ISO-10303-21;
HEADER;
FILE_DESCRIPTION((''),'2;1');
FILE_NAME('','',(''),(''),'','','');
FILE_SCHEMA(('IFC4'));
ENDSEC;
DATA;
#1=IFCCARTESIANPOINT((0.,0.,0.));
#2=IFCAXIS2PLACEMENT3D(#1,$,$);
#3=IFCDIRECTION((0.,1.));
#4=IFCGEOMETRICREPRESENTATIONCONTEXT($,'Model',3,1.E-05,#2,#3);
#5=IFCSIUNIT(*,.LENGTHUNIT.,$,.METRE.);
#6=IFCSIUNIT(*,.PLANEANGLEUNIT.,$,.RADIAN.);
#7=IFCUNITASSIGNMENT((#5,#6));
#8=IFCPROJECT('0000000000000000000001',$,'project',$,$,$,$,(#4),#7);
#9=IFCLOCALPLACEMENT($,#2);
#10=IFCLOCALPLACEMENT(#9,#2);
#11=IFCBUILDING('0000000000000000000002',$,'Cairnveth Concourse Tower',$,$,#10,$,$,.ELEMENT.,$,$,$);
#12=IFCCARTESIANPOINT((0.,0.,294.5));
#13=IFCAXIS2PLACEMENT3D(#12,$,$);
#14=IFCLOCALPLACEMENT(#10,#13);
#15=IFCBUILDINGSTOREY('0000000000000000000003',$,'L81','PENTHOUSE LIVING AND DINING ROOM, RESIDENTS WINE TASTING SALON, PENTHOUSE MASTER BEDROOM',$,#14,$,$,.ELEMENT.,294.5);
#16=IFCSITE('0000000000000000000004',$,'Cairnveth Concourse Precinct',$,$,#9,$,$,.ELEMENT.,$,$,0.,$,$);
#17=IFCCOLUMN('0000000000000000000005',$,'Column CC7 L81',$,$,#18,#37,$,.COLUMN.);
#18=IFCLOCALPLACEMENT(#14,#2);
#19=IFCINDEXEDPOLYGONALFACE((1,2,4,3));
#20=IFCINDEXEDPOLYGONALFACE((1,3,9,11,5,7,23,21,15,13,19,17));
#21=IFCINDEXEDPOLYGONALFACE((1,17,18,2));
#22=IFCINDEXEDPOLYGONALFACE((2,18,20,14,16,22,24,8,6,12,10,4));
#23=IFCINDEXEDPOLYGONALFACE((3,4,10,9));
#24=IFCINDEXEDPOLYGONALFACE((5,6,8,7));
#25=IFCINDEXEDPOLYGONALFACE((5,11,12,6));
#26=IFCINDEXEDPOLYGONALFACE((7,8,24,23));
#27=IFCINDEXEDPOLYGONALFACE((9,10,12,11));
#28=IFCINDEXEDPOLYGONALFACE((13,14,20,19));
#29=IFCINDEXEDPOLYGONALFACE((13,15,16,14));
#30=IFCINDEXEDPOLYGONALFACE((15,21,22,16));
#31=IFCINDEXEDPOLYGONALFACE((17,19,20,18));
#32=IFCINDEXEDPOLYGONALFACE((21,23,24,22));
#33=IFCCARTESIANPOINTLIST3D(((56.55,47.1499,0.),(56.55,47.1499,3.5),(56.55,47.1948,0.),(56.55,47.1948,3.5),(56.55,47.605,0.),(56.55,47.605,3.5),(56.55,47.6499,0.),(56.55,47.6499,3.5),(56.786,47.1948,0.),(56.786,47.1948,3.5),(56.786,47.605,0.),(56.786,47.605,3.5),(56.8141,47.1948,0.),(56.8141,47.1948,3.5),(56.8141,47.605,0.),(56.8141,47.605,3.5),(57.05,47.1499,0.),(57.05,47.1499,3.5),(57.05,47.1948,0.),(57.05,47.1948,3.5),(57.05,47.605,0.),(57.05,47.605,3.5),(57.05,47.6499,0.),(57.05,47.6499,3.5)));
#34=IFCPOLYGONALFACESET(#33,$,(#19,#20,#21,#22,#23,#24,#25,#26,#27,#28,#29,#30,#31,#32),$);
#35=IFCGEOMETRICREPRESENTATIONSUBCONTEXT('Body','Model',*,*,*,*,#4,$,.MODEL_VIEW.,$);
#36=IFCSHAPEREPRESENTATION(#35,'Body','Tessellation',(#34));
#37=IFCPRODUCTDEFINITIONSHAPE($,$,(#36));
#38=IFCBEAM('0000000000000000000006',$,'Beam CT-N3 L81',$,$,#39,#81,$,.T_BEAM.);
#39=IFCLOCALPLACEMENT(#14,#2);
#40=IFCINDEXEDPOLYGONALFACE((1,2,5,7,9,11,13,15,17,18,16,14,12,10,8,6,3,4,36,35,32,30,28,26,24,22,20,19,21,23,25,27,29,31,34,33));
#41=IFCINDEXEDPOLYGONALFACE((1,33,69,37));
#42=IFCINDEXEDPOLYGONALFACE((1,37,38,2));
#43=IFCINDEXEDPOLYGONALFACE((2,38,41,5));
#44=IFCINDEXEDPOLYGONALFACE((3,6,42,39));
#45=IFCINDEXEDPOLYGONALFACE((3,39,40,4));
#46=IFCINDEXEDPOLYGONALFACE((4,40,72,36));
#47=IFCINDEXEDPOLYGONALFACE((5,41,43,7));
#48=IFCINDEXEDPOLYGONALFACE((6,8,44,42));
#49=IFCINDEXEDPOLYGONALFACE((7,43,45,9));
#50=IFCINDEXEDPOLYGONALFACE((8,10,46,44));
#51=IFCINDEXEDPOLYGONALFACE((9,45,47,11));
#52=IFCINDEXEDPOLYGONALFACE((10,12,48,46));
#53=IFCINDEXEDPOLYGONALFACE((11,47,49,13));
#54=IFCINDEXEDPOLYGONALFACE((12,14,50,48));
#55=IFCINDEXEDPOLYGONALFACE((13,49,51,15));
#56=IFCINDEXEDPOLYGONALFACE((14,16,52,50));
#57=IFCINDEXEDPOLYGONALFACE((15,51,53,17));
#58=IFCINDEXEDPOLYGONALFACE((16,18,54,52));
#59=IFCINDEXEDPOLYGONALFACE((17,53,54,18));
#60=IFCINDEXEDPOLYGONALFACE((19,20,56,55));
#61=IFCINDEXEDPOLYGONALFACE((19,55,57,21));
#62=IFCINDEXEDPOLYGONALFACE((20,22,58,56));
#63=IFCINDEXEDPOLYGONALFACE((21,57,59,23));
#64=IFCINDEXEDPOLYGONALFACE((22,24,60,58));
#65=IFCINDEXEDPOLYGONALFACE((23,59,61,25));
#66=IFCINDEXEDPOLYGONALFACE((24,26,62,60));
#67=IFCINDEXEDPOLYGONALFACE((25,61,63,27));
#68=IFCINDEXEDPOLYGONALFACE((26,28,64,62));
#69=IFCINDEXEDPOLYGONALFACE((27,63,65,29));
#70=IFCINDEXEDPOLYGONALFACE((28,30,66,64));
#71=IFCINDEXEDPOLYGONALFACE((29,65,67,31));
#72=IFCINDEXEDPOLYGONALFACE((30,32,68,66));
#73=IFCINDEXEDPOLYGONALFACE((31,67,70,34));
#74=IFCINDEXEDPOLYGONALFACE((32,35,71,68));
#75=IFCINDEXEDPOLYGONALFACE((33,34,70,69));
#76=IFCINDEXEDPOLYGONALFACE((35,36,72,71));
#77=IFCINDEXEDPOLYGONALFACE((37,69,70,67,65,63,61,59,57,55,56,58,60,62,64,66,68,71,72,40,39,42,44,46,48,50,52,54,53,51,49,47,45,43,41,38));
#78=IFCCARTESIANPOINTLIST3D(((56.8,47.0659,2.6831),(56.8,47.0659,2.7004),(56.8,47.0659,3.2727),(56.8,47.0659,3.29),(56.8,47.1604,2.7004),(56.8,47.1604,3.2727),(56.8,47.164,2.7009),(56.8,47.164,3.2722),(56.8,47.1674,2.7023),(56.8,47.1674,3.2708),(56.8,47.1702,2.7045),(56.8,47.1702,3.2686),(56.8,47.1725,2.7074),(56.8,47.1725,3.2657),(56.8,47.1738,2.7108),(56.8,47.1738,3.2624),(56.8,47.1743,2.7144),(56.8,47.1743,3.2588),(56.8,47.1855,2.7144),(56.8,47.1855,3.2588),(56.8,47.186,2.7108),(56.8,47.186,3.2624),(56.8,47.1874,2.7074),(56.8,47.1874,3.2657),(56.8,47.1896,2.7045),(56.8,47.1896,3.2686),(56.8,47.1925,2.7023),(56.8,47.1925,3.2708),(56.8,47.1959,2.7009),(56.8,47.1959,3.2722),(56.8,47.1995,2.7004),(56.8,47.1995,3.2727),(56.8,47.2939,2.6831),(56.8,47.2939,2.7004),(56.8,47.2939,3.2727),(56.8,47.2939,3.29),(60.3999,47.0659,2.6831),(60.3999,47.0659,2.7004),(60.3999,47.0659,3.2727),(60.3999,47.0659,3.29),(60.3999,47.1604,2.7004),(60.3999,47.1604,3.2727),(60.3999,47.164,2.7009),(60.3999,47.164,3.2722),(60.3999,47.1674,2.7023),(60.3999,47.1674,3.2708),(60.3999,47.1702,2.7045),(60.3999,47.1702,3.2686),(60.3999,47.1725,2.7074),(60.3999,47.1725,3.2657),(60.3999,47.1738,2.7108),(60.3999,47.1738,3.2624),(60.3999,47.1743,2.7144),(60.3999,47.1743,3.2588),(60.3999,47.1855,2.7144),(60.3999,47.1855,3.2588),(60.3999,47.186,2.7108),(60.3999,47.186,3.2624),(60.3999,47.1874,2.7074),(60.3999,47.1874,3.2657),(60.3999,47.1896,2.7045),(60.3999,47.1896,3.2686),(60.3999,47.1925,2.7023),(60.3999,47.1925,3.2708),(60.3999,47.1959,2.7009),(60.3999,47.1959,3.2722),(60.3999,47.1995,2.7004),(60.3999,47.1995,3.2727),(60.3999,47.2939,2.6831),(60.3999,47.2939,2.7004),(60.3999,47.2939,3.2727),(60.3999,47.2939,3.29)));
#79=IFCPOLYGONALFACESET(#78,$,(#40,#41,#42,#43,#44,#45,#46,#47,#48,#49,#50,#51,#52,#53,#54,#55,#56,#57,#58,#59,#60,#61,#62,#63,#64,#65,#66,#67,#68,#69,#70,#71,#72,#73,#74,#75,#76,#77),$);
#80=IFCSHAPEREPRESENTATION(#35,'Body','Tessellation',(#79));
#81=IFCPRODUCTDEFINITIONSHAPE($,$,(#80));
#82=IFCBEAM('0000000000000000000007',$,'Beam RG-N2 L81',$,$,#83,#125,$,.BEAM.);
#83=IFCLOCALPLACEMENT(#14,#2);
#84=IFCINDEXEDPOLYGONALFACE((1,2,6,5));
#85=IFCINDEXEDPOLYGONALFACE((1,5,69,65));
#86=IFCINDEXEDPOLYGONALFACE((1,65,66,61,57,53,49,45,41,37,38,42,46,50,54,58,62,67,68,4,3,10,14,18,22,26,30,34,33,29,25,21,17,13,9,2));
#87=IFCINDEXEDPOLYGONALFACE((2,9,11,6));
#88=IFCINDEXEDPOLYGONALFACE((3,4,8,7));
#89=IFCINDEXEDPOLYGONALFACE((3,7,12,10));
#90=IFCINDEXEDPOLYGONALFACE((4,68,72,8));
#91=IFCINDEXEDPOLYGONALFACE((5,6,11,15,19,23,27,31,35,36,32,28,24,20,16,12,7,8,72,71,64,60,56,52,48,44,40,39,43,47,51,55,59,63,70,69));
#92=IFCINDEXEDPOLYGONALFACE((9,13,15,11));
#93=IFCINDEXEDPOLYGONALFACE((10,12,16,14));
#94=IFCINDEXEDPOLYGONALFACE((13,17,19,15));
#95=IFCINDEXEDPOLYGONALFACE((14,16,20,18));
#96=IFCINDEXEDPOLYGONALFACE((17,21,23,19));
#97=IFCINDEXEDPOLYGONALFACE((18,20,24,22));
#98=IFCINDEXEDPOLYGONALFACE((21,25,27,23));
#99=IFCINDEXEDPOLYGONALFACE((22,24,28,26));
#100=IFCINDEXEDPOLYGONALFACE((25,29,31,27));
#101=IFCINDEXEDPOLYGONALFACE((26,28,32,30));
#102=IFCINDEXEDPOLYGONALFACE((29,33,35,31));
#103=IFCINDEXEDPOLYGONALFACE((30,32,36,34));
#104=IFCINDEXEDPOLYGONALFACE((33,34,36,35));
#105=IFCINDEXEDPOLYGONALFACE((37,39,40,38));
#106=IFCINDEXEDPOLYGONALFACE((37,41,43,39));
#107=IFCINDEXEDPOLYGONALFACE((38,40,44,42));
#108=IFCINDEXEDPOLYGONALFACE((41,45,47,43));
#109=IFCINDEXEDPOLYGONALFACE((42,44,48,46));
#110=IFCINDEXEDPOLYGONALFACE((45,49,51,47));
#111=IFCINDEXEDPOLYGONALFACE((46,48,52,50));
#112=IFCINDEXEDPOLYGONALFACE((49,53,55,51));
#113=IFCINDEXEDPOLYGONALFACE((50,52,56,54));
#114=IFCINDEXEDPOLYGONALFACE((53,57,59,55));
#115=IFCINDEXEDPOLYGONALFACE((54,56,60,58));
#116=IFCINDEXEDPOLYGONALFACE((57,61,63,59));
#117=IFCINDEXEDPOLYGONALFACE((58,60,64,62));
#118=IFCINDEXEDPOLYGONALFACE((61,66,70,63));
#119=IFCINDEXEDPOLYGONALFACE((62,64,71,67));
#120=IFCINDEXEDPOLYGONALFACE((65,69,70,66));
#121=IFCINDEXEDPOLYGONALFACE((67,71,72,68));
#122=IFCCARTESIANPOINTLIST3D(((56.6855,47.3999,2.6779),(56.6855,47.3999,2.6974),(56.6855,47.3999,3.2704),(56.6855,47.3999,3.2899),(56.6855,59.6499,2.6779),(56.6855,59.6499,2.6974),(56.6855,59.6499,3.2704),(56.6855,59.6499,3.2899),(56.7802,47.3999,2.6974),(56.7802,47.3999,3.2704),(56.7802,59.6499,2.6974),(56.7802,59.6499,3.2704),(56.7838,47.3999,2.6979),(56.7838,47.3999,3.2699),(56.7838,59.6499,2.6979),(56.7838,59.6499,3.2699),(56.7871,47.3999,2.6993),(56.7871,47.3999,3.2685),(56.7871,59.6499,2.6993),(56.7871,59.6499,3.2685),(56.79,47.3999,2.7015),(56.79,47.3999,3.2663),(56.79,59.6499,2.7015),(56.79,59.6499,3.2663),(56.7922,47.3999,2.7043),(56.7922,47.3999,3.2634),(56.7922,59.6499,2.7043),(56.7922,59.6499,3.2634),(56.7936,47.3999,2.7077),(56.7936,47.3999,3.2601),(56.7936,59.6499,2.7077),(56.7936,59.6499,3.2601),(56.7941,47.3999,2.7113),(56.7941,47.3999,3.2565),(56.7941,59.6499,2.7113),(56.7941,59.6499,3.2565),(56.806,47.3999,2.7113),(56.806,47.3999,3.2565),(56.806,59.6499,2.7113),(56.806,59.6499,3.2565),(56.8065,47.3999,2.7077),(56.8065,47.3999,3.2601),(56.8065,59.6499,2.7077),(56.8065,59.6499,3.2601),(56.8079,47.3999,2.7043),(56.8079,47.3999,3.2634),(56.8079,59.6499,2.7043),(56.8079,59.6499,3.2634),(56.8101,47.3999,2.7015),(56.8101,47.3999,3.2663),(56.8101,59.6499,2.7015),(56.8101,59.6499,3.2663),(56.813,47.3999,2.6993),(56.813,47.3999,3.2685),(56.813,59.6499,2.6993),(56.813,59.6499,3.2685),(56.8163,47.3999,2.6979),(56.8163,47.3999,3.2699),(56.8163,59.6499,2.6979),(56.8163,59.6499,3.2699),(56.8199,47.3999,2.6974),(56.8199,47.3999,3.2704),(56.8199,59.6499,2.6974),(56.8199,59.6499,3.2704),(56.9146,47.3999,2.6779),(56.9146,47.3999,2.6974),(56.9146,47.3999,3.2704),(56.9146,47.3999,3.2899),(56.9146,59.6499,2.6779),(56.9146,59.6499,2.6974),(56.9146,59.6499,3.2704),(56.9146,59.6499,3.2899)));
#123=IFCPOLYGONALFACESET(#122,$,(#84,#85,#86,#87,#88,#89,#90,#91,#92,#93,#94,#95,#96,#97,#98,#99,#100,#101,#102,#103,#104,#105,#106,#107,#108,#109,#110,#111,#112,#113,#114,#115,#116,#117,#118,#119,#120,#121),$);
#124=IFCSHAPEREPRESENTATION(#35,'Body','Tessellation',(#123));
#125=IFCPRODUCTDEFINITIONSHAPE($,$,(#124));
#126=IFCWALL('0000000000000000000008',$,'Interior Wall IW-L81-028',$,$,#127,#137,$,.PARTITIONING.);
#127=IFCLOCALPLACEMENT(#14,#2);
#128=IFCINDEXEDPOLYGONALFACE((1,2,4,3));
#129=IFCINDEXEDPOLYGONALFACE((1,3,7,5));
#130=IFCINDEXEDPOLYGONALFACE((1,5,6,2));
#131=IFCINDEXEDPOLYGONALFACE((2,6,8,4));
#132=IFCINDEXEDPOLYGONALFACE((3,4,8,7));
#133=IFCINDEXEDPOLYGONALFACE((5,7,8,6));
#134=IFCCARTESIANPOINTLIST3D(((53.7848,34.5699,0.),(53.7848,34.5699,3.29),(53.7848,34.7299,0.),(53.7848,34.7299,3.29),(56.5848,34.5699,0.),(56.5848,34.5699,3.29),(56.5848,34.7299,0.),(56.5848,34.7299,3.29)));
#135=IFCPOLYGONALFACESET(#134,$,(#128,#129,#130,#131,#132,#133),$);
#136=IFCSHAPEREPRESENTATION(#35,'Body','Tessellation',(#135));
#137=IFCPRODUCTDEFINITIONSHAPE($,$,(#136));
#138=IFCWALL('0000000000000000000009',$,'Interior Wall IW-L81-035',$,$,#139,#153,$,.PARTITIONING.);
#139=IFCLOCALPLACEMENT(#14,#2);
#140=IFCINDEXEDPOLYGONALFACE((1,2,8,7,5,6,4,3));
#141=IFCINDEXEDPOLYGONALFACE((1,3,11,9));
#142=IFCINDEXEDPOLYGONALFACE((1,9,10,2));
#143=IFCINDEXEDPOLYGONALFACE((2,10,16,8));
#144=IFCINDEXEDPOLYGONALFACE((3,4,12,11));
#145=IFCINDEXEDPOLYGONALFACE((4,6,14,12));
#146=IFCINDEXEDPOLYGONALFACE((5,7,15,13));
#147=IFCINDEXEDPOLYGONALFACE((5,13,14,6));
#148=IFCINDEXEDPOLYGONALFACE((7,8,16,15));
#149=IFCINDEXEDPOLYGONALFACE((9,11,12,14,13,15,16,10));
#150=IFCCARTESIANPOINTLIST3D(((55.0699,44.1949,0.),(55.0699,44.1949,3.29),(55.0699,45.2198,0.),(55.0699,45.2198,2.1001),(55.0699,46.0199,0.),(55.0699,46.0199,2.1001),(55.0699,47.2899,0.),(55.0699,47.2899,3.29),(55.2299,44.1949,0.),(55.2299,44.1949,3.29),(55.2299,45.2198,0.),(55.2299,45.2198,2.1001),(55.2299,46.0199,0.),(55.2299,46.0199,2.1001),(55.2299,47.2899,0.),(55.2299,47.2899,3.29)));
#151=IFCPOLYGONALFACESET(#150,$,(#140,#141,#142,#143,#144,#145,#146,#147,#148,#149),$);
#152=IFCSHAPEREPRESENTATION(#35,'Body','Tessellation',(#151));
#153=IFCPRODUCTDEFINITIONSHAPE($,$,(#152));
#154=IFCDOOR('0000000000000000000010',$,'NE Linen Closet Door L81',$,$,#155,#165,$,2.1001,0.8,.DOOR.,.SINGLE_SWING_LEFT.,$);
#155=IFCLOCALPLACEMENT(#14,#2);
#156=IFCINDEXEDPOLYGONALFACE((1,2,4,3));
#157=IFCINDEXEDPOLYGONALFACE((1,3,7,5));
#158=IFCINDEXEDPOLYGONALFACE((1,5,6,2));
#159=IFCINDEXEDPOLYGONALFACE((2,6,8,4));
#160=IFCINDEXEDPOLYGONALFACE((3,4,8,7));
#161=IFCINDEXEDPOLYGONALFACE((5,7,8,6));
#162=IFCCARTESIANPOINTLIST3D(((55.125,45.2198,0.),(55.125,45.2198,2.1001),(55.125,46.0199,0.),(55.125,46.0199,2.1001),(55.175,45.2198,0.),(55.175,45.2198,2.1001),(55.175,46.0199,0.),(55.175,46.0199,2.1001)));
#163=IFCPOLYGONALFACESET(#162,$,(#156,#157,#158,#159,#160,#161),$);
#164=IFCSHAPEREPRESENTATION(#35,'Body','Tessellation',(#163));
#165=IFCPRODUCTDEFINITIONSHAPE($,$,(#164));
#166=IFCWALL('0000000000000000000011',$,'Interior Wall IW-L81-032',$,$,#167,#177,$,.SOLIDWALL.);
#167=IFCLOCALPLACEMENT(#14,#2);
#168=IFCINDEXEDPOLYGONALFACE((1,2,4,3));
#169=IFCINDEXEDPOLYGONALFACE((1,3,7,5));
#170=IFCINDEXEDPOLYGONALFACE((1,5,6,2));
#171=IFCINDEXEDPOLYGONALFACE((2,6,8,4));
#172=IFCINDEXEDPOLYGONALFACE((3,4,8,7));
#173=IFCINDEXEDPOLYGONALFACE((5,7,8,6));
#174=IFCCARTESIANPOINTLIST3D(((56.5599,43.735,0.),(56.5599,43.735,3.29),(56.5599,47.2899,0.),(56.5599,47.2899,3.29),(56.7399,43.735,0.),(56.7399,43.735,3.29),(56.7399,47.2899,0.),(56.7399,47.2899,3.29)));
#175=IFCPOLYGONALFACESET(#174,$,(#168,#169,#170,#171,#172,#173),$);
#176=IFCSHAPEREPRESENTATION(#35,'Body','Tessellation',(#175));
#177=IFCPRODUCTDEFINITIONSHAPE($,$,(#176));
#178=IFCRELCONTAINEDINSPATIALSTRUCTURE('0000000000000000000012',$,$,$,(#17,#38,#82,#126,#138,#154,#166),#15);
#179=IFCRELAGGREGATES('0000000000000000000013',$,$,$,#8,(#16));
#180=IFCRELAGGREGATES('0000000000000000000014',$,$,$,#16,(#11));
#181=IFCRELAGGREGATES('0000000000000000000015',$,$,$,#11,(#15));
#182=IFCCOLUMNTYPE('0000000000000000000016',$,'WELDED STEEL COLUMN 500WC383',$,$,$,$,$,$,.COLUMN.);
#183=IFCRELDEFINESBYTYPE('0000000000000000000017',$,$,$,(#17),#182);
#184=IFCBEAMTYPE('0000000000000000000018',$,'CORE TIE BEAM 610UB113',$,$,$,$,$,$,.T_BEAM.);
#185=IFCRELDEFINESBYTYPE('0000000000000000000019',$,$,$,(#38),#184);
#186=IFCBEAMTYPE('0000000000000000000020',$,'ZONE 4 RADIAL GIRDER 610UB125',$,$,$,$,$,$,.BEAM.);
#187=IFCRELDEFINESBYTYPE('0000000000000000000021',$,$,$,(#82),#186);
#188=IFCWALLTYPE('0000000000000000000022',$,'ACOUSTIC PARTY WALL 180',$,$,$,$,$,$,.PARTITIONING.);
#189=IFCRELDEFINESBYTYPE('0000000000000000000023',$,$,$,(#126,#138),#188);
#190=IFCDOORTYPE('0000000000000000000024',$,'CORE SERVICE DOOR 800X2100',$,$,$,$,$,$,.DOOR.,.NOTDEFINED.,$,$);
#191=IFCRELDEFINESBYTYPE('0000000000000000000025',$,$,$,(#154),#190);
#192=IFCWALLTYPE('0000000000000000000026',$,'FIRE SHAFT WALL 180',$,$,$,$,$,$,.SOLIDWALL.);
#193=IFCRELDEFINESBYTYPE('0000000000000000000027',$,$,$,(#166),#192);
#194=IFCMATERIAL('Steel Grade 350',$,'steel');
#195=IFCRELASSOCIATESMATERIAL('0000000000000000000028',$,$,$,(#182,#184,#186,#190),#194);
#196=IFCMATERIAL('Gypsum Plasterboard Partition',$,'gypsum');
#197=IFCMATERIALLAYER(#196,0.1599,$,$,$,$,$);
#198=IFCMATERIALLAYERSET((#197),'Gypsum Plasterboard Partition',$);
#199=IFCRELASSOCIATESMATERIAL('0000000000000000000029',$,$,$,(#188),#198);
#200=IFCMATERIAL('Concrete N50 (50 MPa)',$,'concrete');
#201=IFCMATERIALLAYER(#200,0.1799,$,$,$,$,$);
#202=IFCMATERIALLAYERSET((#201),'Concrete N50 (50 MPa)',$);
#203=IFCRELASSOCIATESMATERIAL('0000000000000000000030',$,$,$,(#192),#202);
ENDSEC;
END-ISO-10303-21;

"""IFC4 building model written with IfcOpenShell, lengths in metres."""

from ifc_helpers import new_model, si_unit, direction, frame, frame_2d, origin, origin_2d, place, context, subcontext, project, spatial, rectangle, i_section, extrude, material, layer, layer_set, material_profile, profile_set, type_object, element, fill, save


model = new_model("IFC4")

# Units and contexts
model_context = context("Model", 3, precision=1e-05, world=origin(), true_north=direction((0.0, 1.0)))
body_context = subcontext(model_context, "Body", "Model", "MODEL_VIEW")
ifc_project = project(units=[si_unit("LENGTHUNIT", "METRE"), si_unit("PLANEANGLEUNIT", "RADIAN")], contexts=[model_context])

# Site, building, storey
site_placement = place(None, origin())
site = spatial("IfcSite", under=ifc_project, at=site_placement, Name="Cairnveth Concourse Precinct", CompositionType="ELEMENT", RefElevation=0.0)
building_placement = place(site_placement, origin())
building = spatial("IfcBuilding", under=site, at=building_placement, Name="Cairnveth Concourse Tower", CompositionType="ELEMENT")
storey_placement = place(building_placement, frame((0.0, 0.0, 294.5)))
storey = spatial("IfcBuildingStorey", under=building, at=storey_placement, Name="L81", Description="PENTHOUSE LIVING AND DINING ROOM, RESIDENTS WINE TASTING SALON, PENTHOUSE MASTER BEDROOM", CompositionType="ELEMENT", Elevation=294.5)

# Column
ifc_material_1 = material(Name="Steel Grade 350", Category="steel")
ifc_material_profile_1 = material_profile(ifc_material_1, i_section(OverallWidth=0.5, OverallDepth=0.5, WebThickness=0.0281, FlangeThickness=0.0449, at=origin_2d()), Name="500WC383")
ifc_profile_set_1 = profile_set([ifc_material_profile_1], Name="Steel Grade 350")
column_type = type_object("IfcColumnType", Name="WELDED STEEL COLUMN 500WC383", PredefinedType="COLUMN", material=ifc_profile_set_1)
column_placement = place(storey_placement, frame((56.8, 47.3999, 0.0), z_axis=(0.0, 0.0, 1.0), x_axis=(1.0, 0.0, 0.0)))
element("IfcColumn", 1, at=column_placement, inside=storey, type_object=column_type, Name="Column CC7 L81", PredefinedType="COLUMN", context=body_context, shape_type="SweptSolid", body=[
    extrude(i_section(OverallWidth=0.5, OverallDepth=0.5, WebThickness=0.0281, FlangeThickness=0.0449, at=origin_2d()), origin(), (0.0, 0.0, 1.0), 3.5),
])

# Beams
ifc_material_profile_2 = material_profile(ifc_material_1, i_section(OverallWidth=0.228, OverallDepth=0.6069, WebThickness=0.0112, FlangeThickness=0.0173, FilletRadius=0.0139, at=origin_2d()), Name="610UB113")
ifc_profile_set_2 = profile_set([ifc_material_profile_2], Name="Steel Grade 350")
beam_type_1 = type_object("IfcBeamType", Name="CORE TIE BEAM 610UB113", PredefinedType="T_BEAM", material=ifc_profile_set_2)
beam_1_placement = place(storey_placement, frame((56.8, 47.1799, 2.9866), z_axis=(1.0, 0.0, 0.0), x_axis=(0.0, 1.0, 0.0)))
element("IfcBeam", 2, at=beam_1_placement, inside=storey, type_object=beam_type_1, Name="Beam CT-N3 L81", PredefinedType="T_BEAM", context=body_context, shape_type="SweptSolid", body=[
    extrude(i_section(OverallWidth=0.228, OverallDepth=0.6069, WebThickness=0.0112, FlangeThickness=0.0173, FilletRadius=0.0139, at=origin_2d()), origin(), (0.0, 0.0, 1.0), 3.5999),
])
ifc_material_profile_3 = material_profile(ifc_material_1, i_section(OverallWidth=0.229, OverallDepth=0.6121, WebThickness=0.012, FlangeThickness=0.0195, FilletRadius=0.0139, at=origin_2d()), Name="610UB125")
ifc_profile_set_3 = profile_set([ifc_material_profile_3], Name="Steel Grade 350")
beam_type_2 = type_object("IfcBeamType", Name="ZONE 4 RADIAL GIRDER 610UB125", PredefinedType="BEAM", material=ifc_profile_set_3)
beam_2_placement = place(storey_placement, frame((56.8, 47.3999, 2.9839), z_axis=(0.0, 1.0, 0.0), x_axis=(-1.0, 0.0, 0.0)))
element("IfcBeam", 3, at=beam_2_placement, inside=storey, type_object=beam_type_2, Name="Beam RG-N2 L81", PredefinedType="BEAM", context=body_context, shape_type="SweptSolid", body=[
    extrude(i_section(OverallWidth=0.229, OverallDepth=0.6121, WebThickness=0.012, FlangeThickness=0.0195, FilletRadius=0.0139, at=origin_2d()), origin(), (0.0, 0.0, 1.0), 12.25),
])

# Wall
ifc_material_2 = material(Name="Gypsum Plasterboard Partition", Category="gypsum")
ifc_layer_1 = layer(ifc_material_2, 0.1599)
ifc_layer_set_1 = layer_set([ifc_layer_1], Name="Gypsum Plasterboard Partition")
wall_type_1 = type_object("IfcWallType", Name="ACOUSTIC PARTY WALL 180", PredefinedType="PARTITIONING", material=ifc_layer_set_1)
wall_1_placement = place(storey_placement, frame((53.7849, 34.6499, 0.0), z_axis=(0.0, 0.0, 1.0), x_axis=(1.0, 0.0, 0.0)))
element("IfcWall", 4, at=wall_1_placement, inside=storey, type_object=wall_type_1, Name="Interior Wall IW-L81-028", PredefinedType="PARTITIONING", context=body_context, shape_type="SweptSolid", body=[
    extrude(rectangle(XDim=2.8, YDim=0.1599, at=frame_2d((1.3999, 0.0))), origin(), (0.0, 0.0, 1.0), 3.29),
])

# Wall, opening, door
wall_2_placement = place(storey_placement, frame((55.1499, 44.1951, 0.0), z_axis=(0.0, 0.0, 1.0), x_axis=(0.0, 1.0, 0.0)))
wall_2 = element("IfcWall", 5, at=wall_2_placement, inside=storey, type_object=wall_type_1, Name="Interior Wall IW-L81-035", PredefinedType="PARTITIONING", context=body_context, shape_type="SweptSolid", body=[
    extrude(rectangle(XDim=3.095, YDim=0.1599, at=frame_2d((1.5474, 0.0))), origin(), (0.0, 0.0, 1.0), 3.29),
])
opening_1_placement = place(wall_2_placement, frame((1.0249, 0.0, 0.0)))
opening_1 = element("IfcOpeningElement", 6, at=opening_1_placement, cuts=wall_2, PredefinedType="OPENING", context=body_context, shape_type="SweptSolid", body=[
    extrude(rectangle(XDim=0.8, YDim=2.1001, at=frame_2d((0.3999, 1.05))), frame((0.0, 0.0898, 0.0), z_axis=(0.0, -1.0, 0.0), x_axis=(1.0, 0.0, 0.0)), (0.0, 0.0, 1.0), 0.1799),
])
door_type_1 = type_object("IfcDoorType", Name="CORE SERVICE DOOR 800X2100", OperationType="NOTDEFINED", PredefinedType="DOOR", material=ifc_material_1)
door_1_placement = place(opening_1_placement, origin())
door_1 = element("IfcDoor", 7, at=door_1_placement, inside=storey, type_object=door_type_1, Name="NE Linen Closet Door L81", OperationType="SINGLE_SWING_LEFT", OverallHeight=2.1001, OverallWidth=0.8, PredefinedType="DOOR", context=body_context, shape_type="SweptSolid", body=[
    extrude(rectangle(XDim=0.8, YDim=2.1001, at=frame_2d((0.3999, 1.05))), frame((0.0, 0.0249, 0.0), z_axis=(0.0, -1.0, 0.0), x_axis=(1.0, 0.0, 0.0)), (0.0, 0.0, 1.0), 0.05),
])
fill(opening_1, door_1)

# Wall
ifc_material_3 = material(Name="Concrete N50 (50 MPa)", Category="concrete")
ifc_layer_2 = layer(ifc_material_3, 0.1799)
ifc_layer_set_2 = layer_set([ifc_layer_2], Name="Concrete N50 (50 MPa)")
wall_type_2 = type_object("IfcWallType", Name="FIRE SHAFT WALL 180", PredefinedType="SOLIDWALL", material=ifc_layer_set_2)
wall_3_placement = place(storey_placement, frame((56.6499, 43.7351, 0.0), z_axis=(0.0, 0.0, 1.0), x_axis=(0.0, 1.0, 0.0)))
element("IfcWall", 8, at=wall_3_placement, inside=storey, type_object=wall_type_2, Name="Interior Wall IW-L81-032", PredefinedType="SOLIDWALL", context=body_context, shape_type="SweptSolid", body=[
    extrude(rectangle(XDim=3.5549, YDim=0.1799, at=frame_2d((1.7773, 0.0))), origin(), (0.0, 0.0, 1.0), 3.29),
])

save(model, "model.ifc")
